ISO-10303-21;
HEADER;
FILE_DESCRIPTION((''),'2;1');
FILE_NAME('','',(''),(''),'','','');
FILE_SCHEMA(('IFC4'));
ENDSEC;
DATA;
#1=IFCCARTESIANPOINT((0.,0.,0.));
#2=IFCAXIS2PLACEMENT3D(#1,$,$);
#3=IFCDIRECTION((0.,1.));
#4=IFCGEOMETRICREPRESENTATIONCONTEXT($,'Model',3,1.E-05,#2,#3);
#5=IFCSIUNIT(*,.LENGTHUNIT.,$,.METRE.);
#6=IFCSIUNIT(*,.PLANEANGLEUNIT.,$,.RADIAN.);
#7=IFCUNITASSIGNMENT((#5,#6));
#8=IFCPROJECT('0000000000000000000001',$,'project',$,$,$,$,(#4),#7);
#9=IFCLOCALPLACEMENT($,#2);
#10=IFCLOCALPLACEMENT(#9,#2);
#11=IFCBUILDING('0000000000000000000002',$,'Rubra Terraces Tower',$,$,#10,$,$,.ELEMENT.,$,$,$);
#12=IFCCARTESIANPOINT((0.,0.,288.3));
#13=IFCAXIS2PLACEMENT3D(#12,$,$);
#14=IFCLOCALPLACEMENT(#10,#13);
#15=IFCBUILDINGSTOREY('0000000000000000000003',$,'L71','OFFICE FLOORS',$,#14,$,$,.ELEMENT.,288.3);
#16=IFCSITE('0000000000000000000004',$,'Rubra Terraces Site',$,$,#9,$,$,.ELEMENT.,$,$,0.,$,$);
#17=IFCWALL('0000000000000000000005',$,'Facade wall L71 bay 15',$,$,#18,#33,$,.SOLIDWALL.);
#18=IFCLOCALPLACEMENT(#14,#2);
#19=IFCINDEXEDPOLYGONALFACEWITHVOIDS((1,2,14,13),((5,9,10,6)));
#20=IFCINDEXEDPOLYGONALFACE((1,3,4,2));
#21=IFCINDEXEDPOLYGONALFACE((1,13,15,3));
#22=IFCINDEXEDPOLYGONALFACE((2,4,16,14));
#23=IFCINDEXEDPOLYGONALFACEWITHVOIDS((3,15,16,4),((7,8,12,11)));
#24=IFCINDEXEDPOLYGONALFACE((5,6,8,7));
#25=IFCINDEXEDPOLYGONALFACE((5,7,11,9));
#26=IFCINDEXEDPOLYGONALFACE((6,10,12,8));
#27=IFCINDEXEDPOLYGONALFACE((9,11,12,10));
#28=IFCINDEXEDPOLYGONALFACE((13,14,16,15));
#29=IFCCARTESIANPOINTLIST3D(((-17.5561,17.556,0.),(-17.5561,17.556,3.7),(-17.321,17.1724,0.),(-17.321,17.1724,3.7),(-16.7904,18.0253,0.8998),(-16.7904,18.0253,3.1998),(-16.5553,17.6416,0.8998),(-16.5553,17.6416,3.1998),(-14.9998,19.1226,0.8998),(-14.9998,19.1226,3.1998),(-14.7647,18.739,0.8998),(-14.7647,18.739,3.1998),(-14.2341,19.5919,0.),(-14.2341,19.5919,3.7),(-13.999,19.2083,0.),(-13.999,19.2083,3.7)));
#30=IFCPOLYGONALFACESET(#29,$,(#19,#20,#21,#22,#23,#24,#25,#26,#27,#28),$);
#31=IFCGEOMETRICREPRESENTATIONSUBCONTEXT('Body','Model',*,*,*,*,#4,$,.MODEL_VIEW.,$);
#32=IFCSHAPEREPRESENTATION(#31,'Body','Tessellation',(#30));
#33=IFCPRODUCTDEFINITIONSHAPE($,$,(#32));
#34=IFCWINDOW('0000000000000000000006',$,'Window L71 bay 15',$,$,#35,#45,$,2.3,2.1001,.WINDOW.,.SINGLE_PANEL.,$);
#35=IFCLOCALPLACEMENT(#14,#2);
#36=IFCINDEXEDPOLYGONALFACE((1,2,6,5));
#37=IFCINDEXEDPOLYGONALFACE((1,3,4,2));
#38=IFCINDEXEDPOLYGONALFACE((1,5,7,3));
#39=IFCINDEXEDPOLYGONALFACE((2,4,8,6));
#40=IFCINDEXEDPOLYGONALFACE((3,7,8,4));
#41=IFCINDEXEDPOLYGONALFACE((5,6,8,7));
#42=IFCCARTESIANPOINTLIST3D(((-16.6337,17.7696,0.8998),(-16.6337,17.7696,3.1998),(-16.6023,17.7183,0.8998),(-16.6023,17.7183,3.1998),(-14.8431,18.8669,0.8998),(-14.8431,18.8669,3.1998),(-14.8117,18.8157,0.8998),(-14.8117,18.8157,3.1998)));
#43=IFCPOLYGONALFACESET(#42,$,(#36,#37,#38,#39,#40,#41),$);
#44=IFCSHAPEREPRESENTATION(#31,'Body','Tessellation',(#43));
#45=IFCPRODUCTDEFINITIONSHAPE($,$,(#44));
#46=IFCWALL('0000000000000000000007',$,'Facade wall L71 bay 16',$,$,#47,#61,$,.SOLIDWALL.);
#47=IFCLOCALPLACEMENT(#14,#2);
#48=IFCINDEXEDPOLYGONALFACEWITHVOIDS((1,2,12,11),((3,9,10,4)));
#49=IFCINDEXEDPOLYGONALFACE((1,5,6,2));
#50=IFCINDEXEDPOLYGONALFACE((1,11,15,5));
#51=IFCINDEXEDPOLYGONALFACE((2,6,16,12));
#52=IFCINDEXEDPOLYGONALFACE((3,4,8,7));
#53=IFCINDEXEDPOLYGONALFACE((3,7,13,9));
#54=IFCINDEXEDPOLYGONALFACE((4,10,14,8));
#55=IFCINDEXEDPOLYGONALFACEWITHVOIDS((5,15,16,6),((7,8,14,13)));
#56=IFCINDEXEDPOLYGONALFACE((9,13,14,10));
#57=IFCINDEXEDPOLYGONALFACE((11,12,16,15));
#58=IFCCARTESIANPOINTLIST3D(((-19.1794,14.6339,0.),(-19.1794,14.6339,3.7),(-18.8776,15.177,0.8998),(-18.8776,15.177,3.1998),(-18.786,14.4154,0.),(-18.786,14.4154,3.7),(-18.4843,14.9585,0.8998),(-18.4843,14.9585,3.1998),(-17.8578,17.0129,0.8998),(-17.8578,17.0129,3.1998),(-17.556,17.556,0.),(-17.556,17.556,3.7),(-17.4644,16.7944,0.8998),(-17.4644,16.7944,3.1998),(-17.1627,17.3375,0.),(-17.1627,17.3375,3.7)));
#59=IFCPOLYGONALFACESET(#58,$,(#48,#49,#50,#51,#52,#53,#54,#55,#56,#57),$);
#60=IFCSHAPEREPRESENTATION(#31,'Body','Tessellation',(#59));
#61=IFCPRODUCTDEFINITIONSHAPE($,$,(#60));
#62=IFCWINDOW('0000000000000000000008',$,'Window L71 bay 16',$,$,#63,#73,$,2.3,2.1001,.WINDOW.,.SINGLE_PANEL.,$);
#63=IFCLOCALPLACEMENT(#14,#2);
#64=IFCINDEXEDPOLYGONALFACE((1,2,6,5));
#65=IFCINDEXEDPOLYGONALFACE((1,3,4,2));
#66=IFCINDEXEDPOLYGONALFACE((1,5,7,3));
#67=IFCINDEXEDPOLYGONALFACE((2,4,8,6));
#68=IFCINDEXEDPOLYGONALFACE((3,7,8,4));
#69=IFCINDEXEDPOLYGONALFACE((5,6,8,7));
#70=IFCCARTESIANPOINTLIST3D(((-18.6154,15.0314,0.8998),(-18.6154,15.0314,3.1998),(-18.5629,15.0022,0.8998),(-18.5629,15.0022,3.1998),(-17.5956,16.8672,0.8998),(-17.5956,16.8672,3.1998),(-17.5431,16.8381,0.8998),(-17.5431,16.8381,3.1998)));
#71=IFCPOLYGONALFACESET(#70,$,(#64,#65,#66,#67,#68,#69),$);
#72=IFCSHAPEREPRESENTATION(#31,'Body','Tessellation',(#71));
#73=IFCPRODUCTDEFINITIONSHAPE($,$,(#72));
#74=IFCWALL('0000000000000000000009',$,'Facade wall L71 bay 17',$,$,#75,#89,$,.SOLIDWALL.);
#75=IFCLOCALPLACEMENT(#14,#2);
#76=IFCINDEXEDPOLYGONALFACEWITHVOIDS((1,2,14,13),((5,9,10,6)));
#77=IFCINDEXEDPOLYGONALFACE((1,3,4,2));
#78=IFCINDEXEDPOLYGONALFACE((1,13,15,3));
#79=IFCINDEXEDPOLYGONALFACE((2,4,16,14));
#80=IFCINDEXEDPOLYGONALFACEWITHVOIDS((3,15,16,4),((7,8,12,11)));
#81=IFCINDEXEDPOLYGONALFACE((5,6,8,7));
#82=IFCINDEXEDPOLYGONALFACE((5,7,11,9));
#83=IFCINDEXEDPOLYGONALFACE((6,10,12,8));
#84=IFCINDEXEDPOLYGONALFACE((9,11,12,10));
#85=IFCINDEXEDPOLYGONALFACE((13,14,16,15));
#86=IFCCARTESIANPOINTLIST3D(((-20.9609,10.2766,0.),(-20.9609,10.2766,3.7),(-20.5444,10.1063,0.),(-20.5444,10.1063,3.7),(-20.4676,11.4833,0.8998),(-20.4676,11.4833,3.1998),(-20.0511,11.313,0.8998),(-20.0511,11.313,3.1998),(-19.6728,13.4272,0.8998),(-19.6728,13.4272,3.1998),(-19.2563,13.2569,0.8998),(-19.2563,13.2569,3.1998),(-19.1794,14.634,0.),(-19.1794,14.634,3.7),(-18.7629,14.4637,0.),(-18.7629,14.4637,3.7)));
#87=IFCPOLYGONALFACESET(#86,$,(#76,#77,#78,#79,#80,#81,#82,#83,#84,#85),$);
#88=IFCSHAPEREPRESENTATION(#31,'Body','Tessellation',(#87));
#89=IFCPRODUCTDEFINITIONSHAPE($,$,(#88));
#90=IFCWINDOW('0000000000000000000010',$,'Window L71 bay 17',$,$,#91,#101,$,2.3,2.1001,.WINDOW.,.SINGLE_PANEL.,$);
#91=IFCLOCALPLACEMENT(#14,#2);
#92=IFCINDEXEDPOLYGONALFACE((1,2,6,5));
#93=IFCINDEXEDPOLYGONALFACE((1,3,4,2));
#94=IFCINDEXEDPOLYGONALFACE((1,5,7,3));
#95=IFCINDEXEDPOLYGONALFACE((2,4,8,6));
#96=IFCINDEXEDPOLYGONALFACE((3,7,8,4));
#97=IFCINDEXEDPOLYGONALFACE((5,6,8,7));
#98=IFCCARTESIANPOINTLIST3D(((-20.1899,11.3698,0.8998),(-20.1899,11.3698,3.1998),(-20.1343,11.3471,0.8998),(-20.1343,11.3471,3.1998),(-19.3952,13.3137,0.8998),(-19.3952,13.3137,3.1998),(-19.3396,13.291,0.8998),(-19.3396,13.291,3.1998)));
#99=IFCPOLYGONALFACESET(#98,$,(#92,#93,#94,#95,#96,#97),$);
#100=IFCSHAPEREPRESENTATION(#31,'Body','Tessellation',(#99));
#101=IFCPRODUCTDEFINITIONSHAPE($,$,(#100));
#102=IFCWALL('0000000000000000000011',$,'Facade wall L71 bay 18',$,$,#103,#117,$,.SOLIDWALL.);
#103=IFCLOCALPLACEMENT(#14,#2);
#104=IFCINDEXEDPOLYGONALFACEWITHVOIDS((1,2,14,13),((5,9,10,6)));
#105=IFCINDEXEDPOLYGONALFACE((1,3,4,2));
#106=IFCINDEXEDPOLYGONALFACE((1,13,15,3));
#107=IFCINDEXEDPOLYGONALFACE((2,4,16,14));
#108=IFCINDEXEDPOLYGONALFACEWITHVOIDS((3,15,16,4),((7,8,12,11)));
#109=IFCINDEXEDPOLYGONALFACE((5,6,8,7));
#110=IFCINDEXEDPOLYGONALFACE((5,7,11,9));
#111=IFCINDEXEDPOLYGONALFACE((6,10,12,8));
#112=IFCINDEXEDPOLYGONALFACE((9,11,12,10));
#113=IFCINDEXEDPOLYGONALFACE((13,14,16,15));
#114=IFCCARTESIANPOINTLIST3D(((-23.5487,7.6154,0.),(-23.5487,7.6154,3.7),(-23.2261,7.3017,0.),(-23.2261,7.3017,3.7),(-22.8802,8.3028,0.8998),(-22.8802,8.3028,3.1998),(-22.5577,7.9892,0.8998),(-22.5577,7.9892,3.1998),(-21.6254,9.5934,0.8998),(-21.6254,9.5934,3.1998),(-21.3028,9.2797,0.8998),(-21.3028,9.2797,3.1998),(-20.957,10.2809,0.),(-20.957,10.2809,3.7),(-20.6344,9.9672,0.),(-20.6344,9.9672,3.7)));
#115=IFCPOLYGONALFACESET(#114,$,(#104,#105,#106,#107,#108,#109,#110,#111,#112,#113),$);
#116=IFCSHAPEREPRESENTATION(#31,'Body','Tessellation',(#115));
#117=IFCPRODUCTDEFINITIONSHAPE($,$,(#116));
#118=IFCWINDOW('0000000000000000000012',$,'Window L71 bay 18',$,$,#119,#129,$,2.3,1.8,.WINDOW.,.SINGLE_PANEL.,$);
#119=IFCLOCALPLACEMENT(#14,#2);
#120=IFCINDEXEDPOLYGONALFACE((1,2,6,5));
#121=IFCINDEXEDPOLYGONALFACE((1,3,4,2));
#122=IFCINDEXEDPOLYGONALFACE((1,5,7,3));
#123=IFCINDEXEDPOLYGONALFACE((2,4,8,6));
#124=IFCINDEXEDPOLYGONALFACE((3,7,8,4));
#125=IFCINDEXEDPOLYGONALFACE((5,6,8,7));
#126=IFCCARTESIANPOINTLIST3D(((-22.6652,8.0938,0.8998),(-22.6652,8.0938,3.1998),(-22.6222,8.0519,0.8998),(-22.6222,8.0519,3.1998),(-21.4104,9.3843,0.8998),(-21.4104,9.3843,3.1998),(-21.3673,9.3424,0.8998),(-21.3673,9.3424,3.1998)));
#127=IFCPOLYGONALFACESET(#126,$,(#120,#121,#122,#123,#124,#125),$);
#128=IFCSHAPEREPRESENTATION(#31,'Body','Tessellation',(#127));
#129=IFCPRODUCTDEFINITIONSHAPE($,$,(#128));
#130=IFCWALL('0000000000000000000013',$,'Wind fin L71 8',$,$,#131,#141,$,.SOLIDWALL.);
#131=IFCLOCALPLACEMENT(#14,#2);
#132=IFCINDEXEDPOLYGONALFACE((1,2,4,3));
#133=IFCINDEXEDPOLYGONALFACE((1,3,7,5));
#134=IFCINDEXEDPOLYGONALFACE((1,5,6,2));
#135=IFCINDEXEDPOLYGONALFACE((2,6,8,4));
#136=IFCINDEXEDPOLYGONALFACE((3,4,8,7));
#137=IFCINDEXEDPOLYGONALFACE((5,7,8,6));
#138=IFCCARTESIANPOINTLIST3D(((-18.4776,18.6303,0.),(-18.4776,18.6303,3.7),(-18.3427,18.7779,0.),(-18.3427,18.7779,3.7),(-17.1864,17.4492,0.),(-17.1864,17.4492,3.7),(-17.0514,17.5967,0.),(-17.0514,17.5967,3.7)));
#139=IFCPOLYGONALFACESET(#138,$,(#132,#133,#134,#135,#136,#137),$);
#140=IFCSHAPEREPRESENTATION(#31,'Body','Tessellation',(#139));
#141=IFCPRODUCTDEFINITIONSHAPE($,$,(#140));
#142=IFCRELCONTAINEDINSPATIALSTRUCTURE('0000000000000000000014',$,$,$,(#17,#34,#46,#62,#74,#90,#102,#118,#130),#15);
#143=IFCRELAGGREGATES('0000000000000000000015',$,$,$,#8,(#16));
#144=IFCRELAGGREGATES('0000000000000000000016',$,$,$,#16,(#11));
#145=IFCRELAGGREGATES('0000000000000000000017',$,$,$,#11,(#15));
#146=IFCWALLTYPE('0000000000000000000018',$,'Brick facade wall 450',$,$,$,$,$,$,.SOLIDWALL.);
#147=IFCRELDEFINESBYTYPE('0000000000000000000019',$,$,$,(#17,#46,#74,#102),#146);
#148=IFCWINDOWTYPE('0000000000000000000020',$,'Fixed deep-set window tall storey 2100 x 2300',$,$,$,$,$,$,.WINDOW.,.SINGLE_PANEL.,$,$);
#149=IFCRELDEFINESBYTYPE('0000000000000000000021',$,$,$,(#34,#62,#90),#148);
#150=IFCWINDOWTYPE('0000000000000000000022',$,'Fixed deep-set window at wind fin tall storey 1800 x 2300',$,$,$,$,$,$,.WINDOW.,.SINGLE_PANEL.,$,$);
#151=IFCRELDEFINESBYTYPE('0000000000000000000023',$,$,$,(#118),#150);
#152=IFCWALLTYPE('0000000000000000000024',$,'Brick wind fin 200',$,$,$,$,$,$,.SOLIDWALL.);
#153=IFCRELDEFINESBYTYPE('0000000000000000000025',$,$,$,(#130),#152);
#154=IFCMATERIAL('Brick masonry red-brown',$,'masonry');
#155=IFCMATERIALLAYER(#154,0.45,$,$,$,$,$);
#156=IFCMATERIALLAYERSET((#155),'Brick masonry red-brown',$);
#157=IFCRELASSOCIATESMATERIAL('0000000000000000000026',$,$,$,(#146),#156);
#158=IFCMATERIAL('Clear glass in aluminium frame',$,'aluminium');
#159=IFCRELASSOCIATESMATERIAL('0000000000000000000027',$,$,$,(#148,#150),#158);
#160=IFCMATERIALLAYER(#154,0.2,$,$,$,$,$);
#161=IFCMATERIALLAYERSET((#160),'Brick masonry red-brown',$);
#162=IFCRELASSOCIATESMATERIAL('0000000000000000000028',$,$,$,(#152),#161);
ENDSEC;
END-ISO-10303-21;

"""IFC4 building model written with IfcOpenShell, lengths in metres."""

from ifc_helpers import new_model, si_unit, direction, frame, frame_2d, origin, place, context, subcontext, project, spatial, rectangle, extrude, material, layer, layer_set, type_object, element, fill, save


model = new_model("IFC4")

# Units and contexts
model_context = context("Model", 3, precision=1e-05, world=origin(), true_north=direction((0.0, 1.0)))
body_context = subcontext(model_context, "Body", "Model", "MODEL_VIEW")
ifc_project = project(units=[si_unit("LENGTHUNIT", "METRE"), si_unit("PLANEANGLEUNIT", "RADIAN")], contexts=[model_context])

# Site, building, storey
site_placement = place(None, origin())
site = spatial("IfcSite", under=ifc_project, at=site_placement, Name="Rubra Terraces Site", CompositionType="ELEMENT", RefElevation=0.0)
building_placement = place(site_placement, origin())
building = spatial("IfcBuilding", under=site, at=building_placement, Name="Rubra Terraces Tower", CompositionType="ELEMENT")
storey_placement = place(building_placement, frame((0.0, 0.0, 288.3)))
storey = spatial("IfcBuildingStorey", under=building, at=storey_placement, Name="L71", Description="OFFICE FLOORS", CompositionType="ELEMENT", Elevation=288.3)

# Walls, openings, windows
ifc_material_1 = material(Name="Brick masonry red-brown", Category="masonry")
ifc_layer_1 = layer(ifc_material_1, 0.45)
ifc_layer_set_1 = layer_set([ifc_layer_1], Name="Brick masonry red-brown")
wall_type_1 = type_object("IfcWallType", Name="Brick facade wall 450", PredefinedType="SOLIDWALL", material=ifc_layer_set_1)
wall_1_placement = place(storey_placement, frame((-14.1165, 19.4001, 0.0), z_axis=(0.0, 0.0, 1.0), x_axis=(-0.852623, -0.522527, 0.0)))
wall_1 = element("IfcWall", 1, at=wall_1_placement, inside=storey, type_object=wall_type_1, Name="Facade wall L71 bay 15", PredefinedType="SOLIDWALL", context=body_context, shape_type="SweptSolid", body=[
    extrude(rectangle(XDim=3.8962, YDim=0.45, at=frame_2d((1.9482, 0.0))), origin(), (0.0, 0.0, 1.0), 3.7),
])
opening_1_placement = place(wall_1_placement, frame((0.8982, 0.0, 0.8999)))
opening_1 = element("IfcOpeningElement", 2, at=opening_1_placement, cuts=wall_1, PredefinedType="OPENING", context=body_context, shape_type="SweptSolid", body=[
    extrude(rectangle(XDim=2.1001, YDim=2.3, at=frame_2d((1.05, 1.1499))), frame((0.0, 0.2349, 0.0), z_axis=(0.0, -1.0, 0.0), x_axis=(1.0, 0.0, 0.0)), (0.0, 0.0, 1.0), 0.47),
])
ifc_material_2 = material(Name="Clear glass in aluminium frame", Category="aluminium")
window_type_1 = type_object("IfcWindowType", Name="Fixed deep-set window tall storey 2100 x 2300", PartitioningType="SINGLE_PANEL", PredefinedType="WINDOW", material=ifc_material_2)
window_1_placement = place(opening_1_placement, origin())
window_1 = element("IfcWindow", 3, at=window_1_placement, inside=storey, type_object=window_type_1, Name="Window L71 bay 15", OverallHeight=2.3, OverallWidth=2.1001, PartitioningType="SINGLE_PANEL", PredefinedType="WINDOW", context=body_context, shape_type="SweptSolid", body=[
    extrude(rectangle(XDim=2.1001, YDim=2.3, at=frame_2d((1.05, 1.1499))), frame((0.0, 0.135, 0.0), z_axis=(0.0, -1.0, 0.0), x_axis=(1.0, 0.0, 0.0)), (0.0, 0.0, 1.0), 0.0601),
])
fill(opening_1, window_1)
wall_2_placement = place(storey_placement, frame((-17.3594, 17.4468, 0.0), z_axis=(0.0, 0.0, 1.0), x_axis=(-0.485618, -0.874171, 0.0)))
wall_2 = element("IfcWall", 4, at=wall_2_placement, inside=storey, type_object=wall_type_1, Name="Facade wall L71 bay 16", PredefinedType="SOLIDWALL", context=body_context, shape_type="SweptSolid", body=[
    extrude(rectangle(XDim=3.3428, YDim=0.45, at=frame_2d((1.6714, 0.0))), origin(), (0.0, 0.0, 1.0), 3.7),
])
opening_2_placement = place(wall_2_placement, frame((0.6213, 0.0, 0.8999)))
opening_2 = element("IfcOpeningElement", 5, at=opening_2_placement, cuts=wall_2, PredefinedType="OPENING", context=body_context, shape_type="SweptSolid", body=[
    extrude(rectangle(XDim=2.1001, YDim=2.3, at=frame_2d((1.05, 1.1499))), frame((0.0, 0.2349, 0.0), z_axis=(0.0, -1.0, 0.0), x_axis=(1.0, 0.0, 0.0)), (0.0, 0.0, 1.0), 0.47),
])
window_2_placement = place(opening_2_placement, origin())
window_2 = element("IfcWindow", 6, at=window_2_placement, inside=storey, type_object=window_type_1, Name="Window L71 bay 16", OverallHeight=2.3, OverallWidth=2.1001, PartitioningType="SINGLE_PANEL", PredefinedType="WINDOW", context=body_context, shape_type="SweptSolid", body=[
    extrude(rectangle(XDim=2.1001, YDim=2.3, at=frame_2d((1.05, 1.1499))), frame((0.0, 0.135, 0.0), z_axis=(0.0, -1.0, 0.0), x_axis=(1.0, 0.0, 0.0)), (0.0, 0.0, 1.0), 0.0601),
])
fill(opening_2, window_2)
wall_3_placement = place(storey_placement, frame((-18.9712, 14.5488, 0.0), z_axis=(0.0, 0.0, 1.0), x_axis=(-0.378435, -0.925628, 0.0)))
wall_3 = element("IfcWall", 7, at=wall_3_placement, inside=storey, type_object=wall_type_1, Name="Facade wall L71 bay 17", PredefinedType="SOLIDWALL", context=body_context, shape_type="SweptSolid", body=[
    extrude(rectangle(XDim=4.7075, YDim=0.45, at=frame_2d((2.3538, 0.0))), origin(), (0.0, 0.0, 1.0), 3.7),
])
opening_3_placement = place(wall_3_placement, frame((1.3037, 0.0, 0.8999)))
opening_3 = element("IfcOpeningElement", 8, at=opening_3_placement, cuts=wall_3, PredefinedType="OPENING", context=body_context, shape_type="SweptSolid", body=[
    extrude(rectangle(XDim=2.1001, YDim=2.3, at=frame_2d((1.05, 1.1499))), frame((0.0, 0.2349, 0.0), z_axis=(0.0, -1.0, 0.0), x_axis=(1.0, 0.0, 0.0)), (0.0, 0.0, 1.0), 0.47),
])
window_3_placement = place(opening_3_placement, origin())
window_3 = element("IfcWindow", 9, at=window_3_placement, inside=storey, type_object=window_type_1, Name="Window L71 bay 17", OverallHeight=2.3, OverallWidth=2.1001, PartitioningType="SINGLE_PANEL", PredefinedType="WINDOW", context=body_context, shape_type="SweptSolid", body=[
    extrude(rectangle(XDim=2.1001, YDim=2.3, at=frame_2d((1.05, 1.1499))), frame((0.0, 0.135, 0.0), z_axis=(0.0, -1.0, 0.0), x_axis=(1.0, 0.0, 0.0)), (0.0, 0.0, 1.0), 0.0601),
])
fill(opening_3, window_3)
wall_4_placement = place(storey_placement, frame((-20.7957, 10.124, 0.0), z_axis=(0.0, 0.0, 1.0), x_axis=(-0.697122, -0.716953, 0.0)))
wall_4 = element("IfcWall", 10, at=wall_4_placement, inside=storey, type_object=wall_type_1, Name="Facade wall L71 bay 18", PredefinedType="SOLIDWALL", context=body_context, shape_type="SweptSolid", body=[
    extrude(rectangle(XDim=3.7178, YDim=0.45, at=frame_2d((1.8589, 0.0))), origin(), (0.0, 0.0, 1.0), 3.7),
])
opening_4_placement = place(wall_4_placement, frame((0.959, 0.0, 0.8999)))
opening_4 = element("IfcOpeningElement", 11, at=opening_4_placement, cuts=wall_4, PredefinedType="OPENING", context=body_context, shape_type="SweptSolid", body=[
    extrude(rectangle(XDim=1.8, YDim=2.3, at=frame_2d((0.8999, 1.1499))), frame((0.0, 0.2349, 0.0), z_axis=(0.0, -1.0, 0.0), x_axis=(1.0, 0.0, 0.0)), (0.0, 0.0, 1.0), 0.47),
])
window_type_2 = type_object("IfcWindowType", Name="Fixed deep-set window at wind fin tall storey 1800 x 2300", PartitioningType="SINGLE_PANEL", PredefinedType="WINDOW", material=ifc_material_2)
window_4_placement = place(opening_4_placement, origin())
window_4 = element("IfcWindow", 12, at=window_4_placement, inside=storey, type_object=window_type_2, Name="Window L71 bay 18", OverallHeight=2.3, OverallWidth=1.8, PartitioningType="SINGLE_PANEL", PredefinedType="WINDOW", context=body_context, shape_type="SweptSolid", body=[
    extrude(rectangle(XDim=1.8, YDim=2.3, at=frame_2d((0.8999, 1.1499))), frame((0.0, 0.135, 0.0), z_axis=(0.0, -1.0, 0.0), x_axis=(1.0, 0.0, 0.0)), (0.0, 0.0, 1.0), 0.0601),
])
fill(opening_4, window_4)

# Wall
ifc_layer_2 = layer(ifc_material_1, 0.2)
ifc_layer_set_2 = layer_set([ifc_layer_2], Name="Brick masonry red-brown")
wall_type_2 = type_object("IfcWallType", Name="Brick wind fin 200", PredefinedType="SOLIDWALL", material=ifc_layer_set_2)
wall_5_placement = place(storey_placement, frame((-17.1189, 17.5229, 0.0), z_axis=(0.0, 0.0, 1.0), x_axis=(-0.737866, 0.674947, 0.0)))
element("IfcWall", 13, at=wall_5_placement, inside=storey, type_object=wall_type_2, Name="Wind fin L71 8", PredefinedType="SOLIDWALL", context=body_context, shape_type="SweptSolid", body=[
    extrude(rectangle(XDim=1.75, YDim=0.2, at=frame_2d((0.875, 0.0))), origin(), (0.0, 0.0, 1.0), 3.7),
])

save(model, "model.ifc")
